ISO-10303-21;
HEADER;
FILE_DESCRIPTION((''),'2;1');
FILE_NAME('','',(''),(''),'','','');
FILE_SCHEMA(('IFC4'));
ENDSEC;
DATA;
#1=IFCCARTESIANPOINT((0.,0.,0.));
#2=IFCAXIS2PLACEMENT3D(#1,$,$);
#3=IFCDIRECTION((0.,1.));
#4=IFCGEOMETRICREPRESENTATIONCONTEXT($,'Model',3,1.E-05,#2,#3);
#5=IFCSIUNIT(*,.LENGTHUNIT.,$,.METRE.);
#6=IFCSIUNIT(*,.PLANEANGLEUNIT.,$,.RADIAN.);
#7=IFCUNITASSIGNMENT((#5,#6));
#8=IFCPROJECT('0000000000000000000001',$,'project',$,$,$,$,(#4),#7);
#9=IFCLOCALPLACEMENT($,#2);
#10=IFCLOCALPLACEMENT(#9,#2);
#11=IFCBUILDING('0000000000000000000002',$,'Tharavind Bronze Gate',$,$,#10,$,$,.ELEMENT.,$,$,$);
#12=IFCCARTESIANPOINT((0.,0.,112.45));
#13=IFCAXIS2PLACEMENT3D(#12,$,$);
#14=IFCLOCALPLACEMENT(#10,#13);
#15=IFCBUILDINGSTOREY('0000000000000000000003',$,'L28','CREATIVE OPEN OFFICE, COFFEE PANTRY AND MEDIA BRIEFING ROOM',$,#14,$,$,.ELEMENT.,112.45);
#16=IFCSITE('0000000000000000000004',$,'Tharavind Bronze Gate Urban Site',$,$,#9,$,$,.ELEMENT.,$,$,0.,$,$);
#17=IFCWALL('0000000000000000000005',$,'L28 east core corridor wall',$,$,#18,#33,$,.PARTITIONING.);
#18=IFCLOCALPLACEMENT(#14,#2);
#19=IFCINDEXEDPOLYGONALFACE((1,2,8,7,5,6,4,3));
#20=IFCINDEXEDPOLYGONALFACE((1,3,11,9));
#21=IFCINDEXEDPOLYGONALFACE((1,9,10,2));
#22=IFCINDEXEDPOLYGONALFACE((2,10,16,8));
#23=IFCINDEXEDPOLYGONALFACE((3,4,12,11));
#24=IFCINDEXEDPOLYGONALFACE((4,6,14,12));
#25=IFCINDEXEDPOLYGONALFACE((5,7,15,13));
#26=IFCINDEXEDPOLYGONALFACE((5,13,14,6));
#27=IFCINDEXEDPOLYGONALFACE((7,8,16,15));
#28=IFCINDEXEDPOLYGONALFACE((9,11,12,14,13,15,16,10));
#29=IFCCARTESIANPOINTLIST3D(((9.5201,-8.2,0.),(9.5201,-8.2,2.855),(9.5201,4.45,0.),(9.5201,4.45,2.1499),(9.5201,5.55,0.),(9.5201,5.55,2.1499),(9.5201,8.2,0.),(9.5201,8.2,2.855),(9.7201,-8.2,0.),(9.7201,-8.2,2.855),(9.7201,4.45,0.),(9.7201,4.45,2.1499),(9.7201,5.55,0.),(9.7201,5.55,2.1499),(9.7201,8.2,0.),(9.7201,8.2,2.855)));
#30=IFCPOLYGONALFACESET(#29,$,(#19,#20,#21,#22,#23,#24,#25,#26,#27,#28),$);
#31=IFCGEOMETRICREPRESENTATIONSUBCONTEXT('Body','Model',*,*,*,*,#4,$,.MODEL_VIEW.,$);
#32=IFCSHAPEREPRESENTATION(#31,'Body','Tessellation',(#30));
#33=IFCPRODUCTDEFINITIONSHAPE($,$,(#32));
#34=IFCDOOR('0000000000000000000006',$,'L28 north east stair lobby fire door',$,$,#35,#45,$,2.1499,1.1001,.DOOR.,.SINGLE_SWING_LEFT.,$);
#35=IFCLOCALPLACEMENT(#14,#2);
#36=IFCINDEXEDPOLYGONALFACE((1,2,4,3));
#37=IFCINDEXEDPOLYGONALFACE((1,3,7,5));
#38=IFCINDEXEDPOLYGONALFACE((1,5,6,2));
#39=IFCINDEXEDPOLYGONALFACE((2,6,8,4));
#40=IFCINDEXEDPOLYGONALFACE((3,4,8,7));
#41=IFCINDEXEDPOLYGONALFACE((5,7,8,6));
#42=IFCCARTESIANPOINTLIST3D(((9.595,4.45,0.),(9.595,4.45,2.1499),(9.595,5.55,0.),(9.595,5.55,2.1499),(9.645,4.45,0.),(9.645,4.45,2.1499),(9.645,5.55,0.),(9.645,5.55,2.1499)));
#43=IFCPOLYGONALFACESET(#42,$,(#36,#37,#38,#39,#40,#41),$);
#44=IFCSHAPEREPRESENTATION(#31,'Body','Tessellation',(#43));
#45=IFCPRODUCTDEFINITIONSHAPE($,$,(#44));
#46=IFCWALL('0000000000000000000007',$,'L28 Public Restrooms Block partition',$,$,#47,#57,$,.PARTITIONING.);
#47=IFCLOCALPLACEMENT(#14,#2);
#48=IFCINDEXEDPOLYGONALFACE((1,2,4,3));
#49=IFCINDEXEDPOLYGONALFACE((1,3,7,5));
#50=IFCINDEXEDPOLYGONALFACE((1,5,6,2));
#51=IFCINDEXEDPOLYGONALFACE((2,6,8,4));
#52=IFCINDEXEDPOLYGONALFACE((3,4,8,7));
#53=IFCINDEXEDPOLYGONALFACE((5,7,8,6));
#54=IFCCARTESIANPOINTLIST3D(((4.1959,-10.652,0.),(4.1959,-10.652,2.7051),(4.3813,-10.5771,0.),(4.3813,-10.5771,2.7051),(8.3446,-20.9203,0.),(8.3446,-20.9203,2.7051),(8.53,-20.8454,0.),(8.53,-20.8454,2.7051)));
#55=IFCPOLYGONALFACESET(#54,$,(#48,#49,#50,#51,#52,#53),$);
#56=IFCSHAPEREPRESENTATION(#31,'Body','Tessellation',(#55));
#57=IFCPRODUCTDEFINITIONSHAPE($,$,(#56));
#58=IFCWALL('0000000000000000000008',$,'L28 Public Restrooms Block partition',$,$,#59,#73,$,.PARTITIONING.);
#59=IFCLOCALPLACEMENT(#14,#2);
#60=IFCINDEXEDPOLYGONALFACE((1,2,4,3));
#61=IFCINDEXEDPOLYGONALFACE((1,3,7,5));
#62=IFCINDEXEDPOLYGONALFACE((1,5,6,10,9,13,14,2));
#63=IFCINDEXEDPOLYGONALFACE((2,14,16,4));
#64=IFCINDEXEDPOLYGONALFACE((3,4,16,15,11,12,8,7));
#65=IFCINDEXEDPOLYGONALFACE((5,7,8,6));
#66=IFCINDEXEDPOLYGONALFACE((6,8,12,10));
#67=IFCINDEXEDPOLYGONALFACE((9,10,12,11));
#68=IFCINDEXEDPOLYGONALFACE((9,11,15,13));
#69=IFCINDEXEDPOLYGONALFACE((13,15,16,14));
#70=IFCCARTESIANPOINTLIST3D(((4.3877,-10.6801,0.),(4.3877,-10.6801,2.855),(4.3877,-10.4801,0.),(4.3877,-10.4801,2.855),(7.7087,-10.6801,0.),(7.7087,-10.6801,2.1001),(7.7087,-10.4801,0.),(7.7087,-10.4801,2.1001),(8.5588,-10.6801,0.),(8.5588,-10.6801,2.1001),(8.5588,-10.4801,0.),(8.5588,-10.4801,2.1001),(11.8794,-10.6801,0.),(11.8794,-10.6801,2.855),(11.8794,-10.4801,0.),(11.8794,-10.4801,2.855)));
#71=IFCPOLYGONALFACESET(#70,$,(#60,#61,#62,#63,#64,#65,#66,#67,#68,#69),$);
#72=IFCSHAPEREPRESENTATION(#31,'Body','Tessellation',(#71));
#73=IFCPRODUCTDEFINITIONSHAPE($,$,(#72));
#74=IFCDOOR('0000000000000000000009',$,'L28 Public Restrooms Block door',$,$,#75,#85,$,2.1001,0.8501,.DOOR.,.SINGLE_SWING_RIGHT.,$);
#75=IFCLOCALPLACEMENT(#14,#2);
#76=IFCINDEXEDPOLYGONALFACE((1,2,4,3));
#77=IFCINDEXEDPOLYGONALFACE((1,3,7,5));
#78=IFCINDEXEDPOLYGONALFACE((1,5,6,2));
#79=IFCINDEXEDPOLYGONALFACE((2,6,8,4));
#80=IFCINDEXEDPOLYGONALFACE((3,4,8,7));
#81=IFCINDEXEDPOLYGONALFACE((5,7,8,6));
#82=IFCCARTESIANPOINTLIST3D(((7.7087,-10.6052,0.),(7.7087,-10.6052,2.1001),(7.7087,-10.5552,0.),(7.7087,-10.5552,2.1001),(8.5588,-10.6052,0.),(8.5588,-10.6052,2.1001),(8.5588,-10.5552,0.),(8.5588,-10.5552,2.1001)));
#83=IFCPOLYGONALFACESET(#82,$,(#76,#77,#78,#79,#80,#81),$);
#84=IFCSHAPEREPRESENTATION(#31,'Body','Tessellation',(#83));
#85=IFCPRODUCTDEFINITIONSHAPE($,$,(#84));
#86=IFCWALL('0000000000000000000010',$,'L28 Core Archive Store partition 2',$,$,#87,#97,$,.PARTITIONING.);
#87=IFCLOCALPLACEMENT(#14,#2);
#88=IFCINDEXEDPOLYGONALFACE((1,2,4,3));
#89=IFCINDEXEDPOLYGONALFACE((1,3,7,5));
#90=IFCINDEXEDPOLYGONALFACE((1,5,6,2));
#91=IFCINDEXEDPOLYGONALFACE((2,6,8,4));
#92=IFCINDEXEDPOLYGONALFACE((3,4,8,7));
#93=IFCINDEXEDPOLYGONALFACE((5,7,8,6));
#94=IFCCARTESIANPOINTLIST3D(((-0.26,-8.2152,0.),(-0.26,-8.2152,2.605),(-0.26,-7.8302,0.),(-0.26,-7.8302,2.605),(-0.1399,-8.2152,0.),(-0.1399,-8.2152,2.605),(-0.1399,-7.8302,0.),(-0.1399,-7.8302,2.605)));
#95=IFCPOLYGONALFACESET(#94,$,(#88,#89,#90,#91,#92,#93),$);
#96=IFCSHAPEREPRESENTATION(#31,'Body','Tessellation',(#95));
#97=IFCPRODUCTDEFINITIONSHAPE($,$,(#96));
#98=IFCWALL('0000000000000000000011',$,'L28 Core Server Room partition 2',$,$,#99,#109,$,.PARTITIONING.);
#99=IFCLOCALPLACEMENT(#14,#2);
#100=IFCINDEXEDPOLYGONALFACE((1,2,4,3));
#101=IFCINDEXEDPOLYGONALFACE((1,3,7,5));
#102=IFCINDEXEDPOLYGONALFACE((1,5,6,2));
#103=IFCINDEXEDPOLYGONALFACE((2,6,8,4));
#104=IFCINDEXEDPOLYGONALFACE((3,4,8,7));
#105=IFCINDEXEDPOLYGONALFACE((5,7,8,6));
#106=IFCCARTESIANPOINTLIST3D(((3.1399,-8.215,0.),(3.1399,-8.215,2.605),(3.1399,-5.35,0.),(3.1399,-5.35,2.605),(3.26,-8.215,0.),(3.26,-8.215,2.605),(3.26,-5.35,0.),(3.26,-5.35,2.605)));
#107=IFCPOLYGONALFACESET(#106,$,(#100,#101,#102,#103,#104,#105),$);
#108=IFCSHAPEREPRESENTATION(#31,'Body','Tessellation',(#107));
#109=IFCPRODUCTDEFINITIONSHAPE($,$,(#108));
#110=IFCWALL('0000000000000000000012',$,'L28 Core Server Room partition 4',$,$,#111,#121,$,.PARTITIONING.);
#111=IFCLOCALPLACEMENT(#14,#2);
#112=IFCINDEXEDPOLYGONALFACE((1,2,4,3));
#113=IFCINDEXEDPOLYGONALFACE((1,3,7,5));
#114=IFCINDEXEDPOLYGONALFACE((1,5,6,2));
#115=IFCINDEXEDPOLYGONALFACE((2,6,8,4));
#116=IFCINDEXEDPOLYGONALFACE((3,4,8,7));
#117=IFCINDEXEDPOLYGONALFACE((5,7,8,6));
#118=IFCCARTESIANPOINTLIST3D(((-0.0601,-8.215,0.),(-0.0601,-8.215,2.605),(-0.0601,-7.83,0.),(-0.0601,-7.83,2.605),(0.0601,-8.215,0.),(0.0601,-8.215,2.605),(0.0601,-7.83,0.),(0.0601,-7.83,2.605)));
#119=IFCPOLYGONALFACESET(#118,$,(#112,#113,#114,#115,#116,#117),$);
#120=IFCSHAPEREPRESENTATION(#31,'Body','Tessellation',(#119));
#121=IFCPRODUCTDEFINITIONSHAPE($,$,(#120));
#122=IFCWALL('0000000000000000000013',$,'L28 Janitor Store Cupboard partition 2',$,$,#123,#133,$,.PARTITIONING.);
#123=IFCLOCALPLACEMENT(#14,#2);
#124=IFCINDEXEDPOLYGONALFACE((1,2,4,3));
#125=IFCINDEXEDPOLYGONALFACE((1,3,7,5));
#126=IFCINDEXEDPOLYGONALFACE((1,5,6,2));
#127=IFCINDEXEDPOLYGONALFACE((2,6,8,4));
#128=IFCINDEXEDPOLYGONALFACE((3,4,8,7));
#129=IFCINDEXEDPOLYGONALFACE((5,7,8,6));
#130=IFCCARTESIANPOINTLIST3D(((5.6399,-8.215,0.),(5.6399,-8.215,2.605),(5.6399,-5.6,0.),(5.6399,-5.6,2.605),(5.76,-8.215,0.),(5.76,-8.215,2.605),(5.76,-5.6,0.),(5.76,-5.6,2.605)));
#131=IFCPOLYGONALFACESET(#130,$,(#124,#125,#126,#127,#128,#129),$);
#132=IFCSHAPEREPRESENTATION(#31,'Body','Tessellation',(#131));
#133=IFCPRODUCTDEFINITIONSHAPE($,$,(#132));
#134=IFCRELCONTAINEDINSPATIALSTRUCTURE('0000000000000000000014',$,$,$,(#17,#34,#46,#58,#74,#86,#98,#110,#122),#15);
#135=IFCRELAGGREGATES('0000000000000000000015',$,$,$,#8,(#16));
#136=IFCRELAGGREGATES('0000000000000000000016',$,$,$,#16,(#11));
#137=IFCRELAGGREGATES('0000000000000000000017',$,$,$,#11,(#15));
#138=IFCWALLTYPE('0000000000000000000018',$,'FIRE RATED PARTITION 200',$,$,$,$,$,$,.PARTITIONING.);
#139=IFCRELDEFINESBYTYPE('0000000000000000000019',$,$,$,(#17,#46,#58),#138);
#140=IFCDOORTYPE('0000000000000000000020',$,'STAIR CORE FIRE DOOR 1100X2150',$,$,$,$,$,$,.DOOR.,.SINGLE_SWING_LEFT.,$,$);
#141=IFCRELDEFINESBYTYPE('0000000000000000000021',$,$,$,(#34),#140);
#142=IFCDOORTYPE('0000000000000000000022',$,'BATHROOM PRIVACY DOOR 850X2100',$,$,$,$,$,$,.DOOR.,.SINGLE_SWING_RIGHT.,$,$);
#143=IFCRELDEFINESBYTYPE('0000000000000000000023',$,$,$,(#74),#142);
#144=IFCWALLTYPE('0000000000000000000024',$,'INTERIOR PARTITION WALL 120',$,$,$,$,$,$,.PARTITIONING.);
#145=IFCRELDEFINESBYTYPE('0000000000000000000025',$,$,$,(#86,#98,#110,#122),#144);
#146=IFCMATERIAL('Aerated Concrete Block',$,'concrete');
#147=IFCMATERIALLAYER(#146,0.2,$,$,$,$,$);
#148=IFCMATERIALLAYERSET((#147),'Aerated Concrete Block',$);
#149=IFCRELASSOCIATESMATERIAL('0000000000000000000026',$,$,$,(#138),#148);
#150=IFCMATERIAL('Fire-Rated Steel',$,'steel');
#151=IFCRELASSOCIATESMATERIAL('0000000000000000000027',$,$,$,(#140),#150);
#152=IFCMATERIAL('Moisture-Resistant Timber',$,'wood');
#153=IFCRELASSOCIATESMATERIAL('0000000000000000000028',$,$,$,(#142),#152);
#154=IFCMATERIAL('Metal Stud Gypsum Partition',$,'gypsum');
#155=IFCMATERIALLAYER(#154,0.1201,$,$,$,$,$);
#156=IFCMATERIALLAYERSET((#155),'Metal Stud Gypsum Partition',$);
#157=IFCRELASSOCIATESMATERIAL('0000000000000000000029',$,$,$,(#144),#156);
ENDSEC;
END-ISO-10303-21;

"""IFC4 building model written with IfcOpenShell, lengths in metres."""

from ifc_helpers import new_model, si_unit, direction, frame, frame_2d, origin, place, context, subcontext, project, spatial, rectangle, extrude, material, layer, layer_set, type_object, element, fill, save


model = new_model("IFC4")

# Units and contexts
model_context = context("Model", 3, precision=1e-05, world=origin(), true_north=direction((0.0, 1.0)))
body_context = subcontext(model_context, "Body", "Model", "MODEL_VIEW")
ifc_project = project(units=[si_unit("LENGTHUNIT", "METRE"), si_unit("PLANEANGLEUNIT", "RADIAN")], contexts=[model_context])

# Site, building, storey
site_placement = place(None, origin())
site = spatial("IfcSite", under=ifc_project, at=site_placement, Name="Tharavind Bronze Gate Urban Site", CompositionType="ELEMENT", RefElevation=0.0)
building_placement = place(site_placement, origin())
building = spatial("IfcBuilding", under=site, at=building_placement, Name="Tharavind Bronze Gate", CompositionType="ELEMENT")
storey_placement = place(building_placement, frame((0.0, 0.0, 112.45)))
storey = spatial("IfcBuildingStorey", under=building, at=storey_placement, Name="L28", Description="CREATIVE OPEN OFFICE, COFFEE PANTRY AND MEDIA BRIEFING ROOM", CompositionType="ELEMENT", Elevation=112.45)

# Wall, opening, door
ifc_material_1 = material(Name="Aerated Concrete Block", Category="concrete")
ifc_layer_1 = layer(ifc_material_1, 0.2)
ifc_layer_set_1 = layer_set([ifc_layer_1], Name="Aerated Concrete Block")
wall_type_1 = type_object("IfcWallType", Name="FIRE RATED PARTITION 200", PredefinedType="PARTITIONING", material=ifc_layer_set_1)
wall_1_placement = place(storey_placement, frame((9.6201, -8.2, 0.0), z_axis=(0.0, 0.0, 1.0), x_axis=(0.0, 1.0, 0.0)))
wall_1 = element("IfcWall", 1, at=wall_1_placement, inside=storey, type_object=wall_type_1, Name="L28 east core corridor wall", PredefinedType="PARTITIONING", context=body_context, shape_type="SweptSolid", body=[
    extrude(rectangle(XDim=16.3999, YDim=0.2, at=frame_2d((8.2, 0.0))), origin(), (0.0, 0.0, 1.0), 2.855),
])
opening_1_placement = place(wall_1_placement, frame((12.6499, 0.0, 0.0)))
opening_1 = element("IfcOpeningElement", 2, at=opening_1_placement, cuts=wall_1, PredefinedType="OPENING", context=body_context, shape_type="SweptSolid", body=[
    extrude(rectangle(XDim=1.1001, YDim=2.1499, at=frame_2d((0.55, 1.075))), frame((0.0, 0.1101, 0.0), z_axis=(0.0, -1.0, 0.0), x_axis=(1.0, 0.0, 0.0)), (0.0, 0.0, 1.0), 0.22),
])
ifc_material_2 = material(Name="Fire-Rated Steel", Category="steel")
door_type_1 = type_object("IfcDoorType", Name="STAIR CORE FIRE DOOR 1100X2150", OperationType="SINGLE_SWING_LEFT", PredefinedType="DOOR", material=ifc_material_2)
door_1_placement = place(opening_1_placement, frame((1.1001, 0.0, 0.0), z_axis=(0.0, 0.0, 1.0), x_axis=(-1.0, 0.0, 0.0)))
door_1 = element("IfcDoor", 3, at=door_1_placement, inside=storey, type_object=door_type_1, Name="L28 north east stair lobby fire door", OperationType="SINGLE_SWING_LEFT", OverallHeight=2.1499, OverallWidth=1.1001, PredefinedType="DOOR", context=body_context, shape_type="SweptSolid", body=[
    extrude(rectangle(XDim=1.1001, YDim=2.1499, at=frame_2d((0.55, 1.075))), frame((0.0, 0.0249, 0.0), z_axis=(0.0, -1.0, 0.0), x_axis=(1.0, 0.0, 0.0)), (0.0, 0.0, 1.0), 0.05),
])
fill(opening_1, door_1)

# Wall
wall_2_placement = place(storey_placement, frame((8.4373, -20.8828, 0.0), z_axis=(0.0, 0.0, 1.0), x_axis=(-0.374608, 0.927183, 0.0)))
element("IfcWall", 4, at=wall_2_placement, inside=storey, type_object=wall_type_1, Name="L28 Public Restrooms Block partition", PredefinedType="PARTITIONING", context=body_context, shape_type="SweptSolid", body=[
    extrude(rectangle(XDim=11.0747, YDim=0.2, at=frame_2d((5.5374, 0.0))), origin(), (0.0, 0.0, 1.0), 2.7051),
])

# Wall, opening, door
wall_3_placement = place(storey_placement, frame((4.3877, -10.5801, 0.0), z_axis=(0.0, 0.0, 1.0), x_axis=(1.0, 0.0, 0.0)))
wall_3 = element("IfcWall", 5, at=wall_3_placement, inside=storey, type_object=wall_type_1, Name="L28 Public Restrooms Block partition", PredefinedType="PARTITIONING", context=body_context, shape_type="SweptSolid", body=[
    extrude(rectangle(XDim=7.4917, YDim=0.2, at=frame_2d((3.7458, 0.0))), origin(), (0.0, 0.0, 1.0), 2.855),
])
opening_2_placement = place(wall_3_placement, frame((3.321, 0.0, 0.0)))
opening_2 = element("IfcOpeningElement", 6, at=opening_2_placement, cuts=wall_3, PredefinedType="OPENING", context=body_context, shape_type="SweptSolid", body=[
    extrude(rectangle(XDim=0.8501, YDim=2.1001, at=frame_2d((0.425, 1.05))), frame((0.0, 0.1101, 0.0), z_axis=(0.0, -1.0, 0.0), x_axis=(1.0, 0.0, 0.0)), (0.0, 0.0, 1.0), 0.22),
])
ifc_material_3 = material(Name="Moisture-Resistant Timber", Category="wood")
door_type_2 = type_object("IfcDoorType", Name="BATHROOM PRIVACY DOOR 850X2100", OperationType="SINGLE_SWING_RIGHT", PredefinedType="DOOR", material=ifc_material_3)
door_2_placement = place(opening_2_placement, origin())
door_2 = element("IfcDoor", 7, at=door_2_placement, inside=storey, type_object=door_type_2, Name="L28 Public Restrooms Block door", OperationType="SINGLE_SWING_RIGHT", OverallHeight=2.1001, OverallWidth=0.8501, PredefinedType="DOOR", context=body_context, shape_type="SweptSolid", body=[
    extrude(rectangle(XDim=0.8501, YDim=2.1001, at=frame_2d((0.425, 1.05))), frame((0.0, 0.0249, 0.0), z_axis=(0.0, -1.0, 0.0), x_axis=(1.0, 0.0, 0.0)), (0.0, 0.0, 1.0), 0.05),
])
fill(opening_2, door_2)

# Walls
ifc_material_4 = material(Name="Metal Stud Gypsum Partition", Category="gypsum")
ifc_layer_2 = layer(ifc_material_4, 0.1201)
ifc_layer_set_2 = layer_set([ifc_layer_2], Name="Metal Stud Gypsum Partition")
wall_type_2 = type_object("IfcWallType", Name="INTERIOR PARTITION WALL 120", PredefinedType="PARTITIONING", material=ifc_layer_set_2)
wall_4_placement = place(storey_placement, frame((-0.2, -8.2151, 0.0), z_axis=(0.0, 0.0, 1.0), x_axis=(0.0, 1.0, 0.0)))
element("IfcWall", 8, at=wall_4_placement, inside=storey, type_object=wall_type_2, Name="L28 Core Archive Store partition 2", PredefinedType="PARTITIONING", context=body_context, shape_type="SweptSolid", body=[
    extrude(rectangle(XDim=0.385, YDim=0.1201, at=frame_2d((0.1924, 0.0))), origin(), (0.0, 0.0, 1.0), 2.605),
])
wall_5_placement = place(storey_placement, frame((3.2, -8.2151, 0.0), z_axis=(0.0, 0.0, 1.0), x_axis=(0.0, 1.0, 0.0)))
element("IfcWall", 9, at=wall_5_placement, inside=storey, type_object=wall_type_2, Name="L28 Core Server Room partition 2", PredefinedType="PARTITIONING", context=body_context, shape_type="SweptSolid", body=[
    extrude(rectangle(XDim=2.865, YDim=0.1201, at=frame_2d((1.4326, 0.0))), origin(), (0.0, 0.0, 1.0), 2.605),
])
wall_6_placement = place(storey_placement, frame((0.0, -7.8301, 0.0), z_axis=(0.0, 0.0, 1.0), x_axis=(0.0, -1.0, 0.0)))
element("IfcWall", 10, at=wall_6_placement, inside=storey, type_object=wall_type_2, Name="L28 Core Server Room partition 4", PredefinedType="PARTITIONING", context=body_context, shape_type="SweptSolid", body=[
    extrude(rectangle(XDim=0.385, YDim=0.1201, at=frame_2d((0.1924, 0.0))), origin(), (0.0, 0.0, 1.0), 2.605),
])
wall_7_placement = place(storey_placement, frame((5.7, -8.2151, 0.0), z_axis=(0.0, 0.0, 1.0), x_axis=(0.0, 1.0, 0.0)))
element("IfcWall", 11, at=wall_7_placement, inside=storey, type_object=wall_type_2, Name="L28 Janitor Store Cupboard partition 2", PredefinedType="PARTITIONING", context=body_context, shape_type="SweptSolid", body=[
    extrude(rectangle(XDim=2.615, YDim=0.1201, at=frame_2d((1.3076, 0.0))), origin(), (0.0, 0.0, 1.0), 2.605),
])

save(model, "model.ifc")
